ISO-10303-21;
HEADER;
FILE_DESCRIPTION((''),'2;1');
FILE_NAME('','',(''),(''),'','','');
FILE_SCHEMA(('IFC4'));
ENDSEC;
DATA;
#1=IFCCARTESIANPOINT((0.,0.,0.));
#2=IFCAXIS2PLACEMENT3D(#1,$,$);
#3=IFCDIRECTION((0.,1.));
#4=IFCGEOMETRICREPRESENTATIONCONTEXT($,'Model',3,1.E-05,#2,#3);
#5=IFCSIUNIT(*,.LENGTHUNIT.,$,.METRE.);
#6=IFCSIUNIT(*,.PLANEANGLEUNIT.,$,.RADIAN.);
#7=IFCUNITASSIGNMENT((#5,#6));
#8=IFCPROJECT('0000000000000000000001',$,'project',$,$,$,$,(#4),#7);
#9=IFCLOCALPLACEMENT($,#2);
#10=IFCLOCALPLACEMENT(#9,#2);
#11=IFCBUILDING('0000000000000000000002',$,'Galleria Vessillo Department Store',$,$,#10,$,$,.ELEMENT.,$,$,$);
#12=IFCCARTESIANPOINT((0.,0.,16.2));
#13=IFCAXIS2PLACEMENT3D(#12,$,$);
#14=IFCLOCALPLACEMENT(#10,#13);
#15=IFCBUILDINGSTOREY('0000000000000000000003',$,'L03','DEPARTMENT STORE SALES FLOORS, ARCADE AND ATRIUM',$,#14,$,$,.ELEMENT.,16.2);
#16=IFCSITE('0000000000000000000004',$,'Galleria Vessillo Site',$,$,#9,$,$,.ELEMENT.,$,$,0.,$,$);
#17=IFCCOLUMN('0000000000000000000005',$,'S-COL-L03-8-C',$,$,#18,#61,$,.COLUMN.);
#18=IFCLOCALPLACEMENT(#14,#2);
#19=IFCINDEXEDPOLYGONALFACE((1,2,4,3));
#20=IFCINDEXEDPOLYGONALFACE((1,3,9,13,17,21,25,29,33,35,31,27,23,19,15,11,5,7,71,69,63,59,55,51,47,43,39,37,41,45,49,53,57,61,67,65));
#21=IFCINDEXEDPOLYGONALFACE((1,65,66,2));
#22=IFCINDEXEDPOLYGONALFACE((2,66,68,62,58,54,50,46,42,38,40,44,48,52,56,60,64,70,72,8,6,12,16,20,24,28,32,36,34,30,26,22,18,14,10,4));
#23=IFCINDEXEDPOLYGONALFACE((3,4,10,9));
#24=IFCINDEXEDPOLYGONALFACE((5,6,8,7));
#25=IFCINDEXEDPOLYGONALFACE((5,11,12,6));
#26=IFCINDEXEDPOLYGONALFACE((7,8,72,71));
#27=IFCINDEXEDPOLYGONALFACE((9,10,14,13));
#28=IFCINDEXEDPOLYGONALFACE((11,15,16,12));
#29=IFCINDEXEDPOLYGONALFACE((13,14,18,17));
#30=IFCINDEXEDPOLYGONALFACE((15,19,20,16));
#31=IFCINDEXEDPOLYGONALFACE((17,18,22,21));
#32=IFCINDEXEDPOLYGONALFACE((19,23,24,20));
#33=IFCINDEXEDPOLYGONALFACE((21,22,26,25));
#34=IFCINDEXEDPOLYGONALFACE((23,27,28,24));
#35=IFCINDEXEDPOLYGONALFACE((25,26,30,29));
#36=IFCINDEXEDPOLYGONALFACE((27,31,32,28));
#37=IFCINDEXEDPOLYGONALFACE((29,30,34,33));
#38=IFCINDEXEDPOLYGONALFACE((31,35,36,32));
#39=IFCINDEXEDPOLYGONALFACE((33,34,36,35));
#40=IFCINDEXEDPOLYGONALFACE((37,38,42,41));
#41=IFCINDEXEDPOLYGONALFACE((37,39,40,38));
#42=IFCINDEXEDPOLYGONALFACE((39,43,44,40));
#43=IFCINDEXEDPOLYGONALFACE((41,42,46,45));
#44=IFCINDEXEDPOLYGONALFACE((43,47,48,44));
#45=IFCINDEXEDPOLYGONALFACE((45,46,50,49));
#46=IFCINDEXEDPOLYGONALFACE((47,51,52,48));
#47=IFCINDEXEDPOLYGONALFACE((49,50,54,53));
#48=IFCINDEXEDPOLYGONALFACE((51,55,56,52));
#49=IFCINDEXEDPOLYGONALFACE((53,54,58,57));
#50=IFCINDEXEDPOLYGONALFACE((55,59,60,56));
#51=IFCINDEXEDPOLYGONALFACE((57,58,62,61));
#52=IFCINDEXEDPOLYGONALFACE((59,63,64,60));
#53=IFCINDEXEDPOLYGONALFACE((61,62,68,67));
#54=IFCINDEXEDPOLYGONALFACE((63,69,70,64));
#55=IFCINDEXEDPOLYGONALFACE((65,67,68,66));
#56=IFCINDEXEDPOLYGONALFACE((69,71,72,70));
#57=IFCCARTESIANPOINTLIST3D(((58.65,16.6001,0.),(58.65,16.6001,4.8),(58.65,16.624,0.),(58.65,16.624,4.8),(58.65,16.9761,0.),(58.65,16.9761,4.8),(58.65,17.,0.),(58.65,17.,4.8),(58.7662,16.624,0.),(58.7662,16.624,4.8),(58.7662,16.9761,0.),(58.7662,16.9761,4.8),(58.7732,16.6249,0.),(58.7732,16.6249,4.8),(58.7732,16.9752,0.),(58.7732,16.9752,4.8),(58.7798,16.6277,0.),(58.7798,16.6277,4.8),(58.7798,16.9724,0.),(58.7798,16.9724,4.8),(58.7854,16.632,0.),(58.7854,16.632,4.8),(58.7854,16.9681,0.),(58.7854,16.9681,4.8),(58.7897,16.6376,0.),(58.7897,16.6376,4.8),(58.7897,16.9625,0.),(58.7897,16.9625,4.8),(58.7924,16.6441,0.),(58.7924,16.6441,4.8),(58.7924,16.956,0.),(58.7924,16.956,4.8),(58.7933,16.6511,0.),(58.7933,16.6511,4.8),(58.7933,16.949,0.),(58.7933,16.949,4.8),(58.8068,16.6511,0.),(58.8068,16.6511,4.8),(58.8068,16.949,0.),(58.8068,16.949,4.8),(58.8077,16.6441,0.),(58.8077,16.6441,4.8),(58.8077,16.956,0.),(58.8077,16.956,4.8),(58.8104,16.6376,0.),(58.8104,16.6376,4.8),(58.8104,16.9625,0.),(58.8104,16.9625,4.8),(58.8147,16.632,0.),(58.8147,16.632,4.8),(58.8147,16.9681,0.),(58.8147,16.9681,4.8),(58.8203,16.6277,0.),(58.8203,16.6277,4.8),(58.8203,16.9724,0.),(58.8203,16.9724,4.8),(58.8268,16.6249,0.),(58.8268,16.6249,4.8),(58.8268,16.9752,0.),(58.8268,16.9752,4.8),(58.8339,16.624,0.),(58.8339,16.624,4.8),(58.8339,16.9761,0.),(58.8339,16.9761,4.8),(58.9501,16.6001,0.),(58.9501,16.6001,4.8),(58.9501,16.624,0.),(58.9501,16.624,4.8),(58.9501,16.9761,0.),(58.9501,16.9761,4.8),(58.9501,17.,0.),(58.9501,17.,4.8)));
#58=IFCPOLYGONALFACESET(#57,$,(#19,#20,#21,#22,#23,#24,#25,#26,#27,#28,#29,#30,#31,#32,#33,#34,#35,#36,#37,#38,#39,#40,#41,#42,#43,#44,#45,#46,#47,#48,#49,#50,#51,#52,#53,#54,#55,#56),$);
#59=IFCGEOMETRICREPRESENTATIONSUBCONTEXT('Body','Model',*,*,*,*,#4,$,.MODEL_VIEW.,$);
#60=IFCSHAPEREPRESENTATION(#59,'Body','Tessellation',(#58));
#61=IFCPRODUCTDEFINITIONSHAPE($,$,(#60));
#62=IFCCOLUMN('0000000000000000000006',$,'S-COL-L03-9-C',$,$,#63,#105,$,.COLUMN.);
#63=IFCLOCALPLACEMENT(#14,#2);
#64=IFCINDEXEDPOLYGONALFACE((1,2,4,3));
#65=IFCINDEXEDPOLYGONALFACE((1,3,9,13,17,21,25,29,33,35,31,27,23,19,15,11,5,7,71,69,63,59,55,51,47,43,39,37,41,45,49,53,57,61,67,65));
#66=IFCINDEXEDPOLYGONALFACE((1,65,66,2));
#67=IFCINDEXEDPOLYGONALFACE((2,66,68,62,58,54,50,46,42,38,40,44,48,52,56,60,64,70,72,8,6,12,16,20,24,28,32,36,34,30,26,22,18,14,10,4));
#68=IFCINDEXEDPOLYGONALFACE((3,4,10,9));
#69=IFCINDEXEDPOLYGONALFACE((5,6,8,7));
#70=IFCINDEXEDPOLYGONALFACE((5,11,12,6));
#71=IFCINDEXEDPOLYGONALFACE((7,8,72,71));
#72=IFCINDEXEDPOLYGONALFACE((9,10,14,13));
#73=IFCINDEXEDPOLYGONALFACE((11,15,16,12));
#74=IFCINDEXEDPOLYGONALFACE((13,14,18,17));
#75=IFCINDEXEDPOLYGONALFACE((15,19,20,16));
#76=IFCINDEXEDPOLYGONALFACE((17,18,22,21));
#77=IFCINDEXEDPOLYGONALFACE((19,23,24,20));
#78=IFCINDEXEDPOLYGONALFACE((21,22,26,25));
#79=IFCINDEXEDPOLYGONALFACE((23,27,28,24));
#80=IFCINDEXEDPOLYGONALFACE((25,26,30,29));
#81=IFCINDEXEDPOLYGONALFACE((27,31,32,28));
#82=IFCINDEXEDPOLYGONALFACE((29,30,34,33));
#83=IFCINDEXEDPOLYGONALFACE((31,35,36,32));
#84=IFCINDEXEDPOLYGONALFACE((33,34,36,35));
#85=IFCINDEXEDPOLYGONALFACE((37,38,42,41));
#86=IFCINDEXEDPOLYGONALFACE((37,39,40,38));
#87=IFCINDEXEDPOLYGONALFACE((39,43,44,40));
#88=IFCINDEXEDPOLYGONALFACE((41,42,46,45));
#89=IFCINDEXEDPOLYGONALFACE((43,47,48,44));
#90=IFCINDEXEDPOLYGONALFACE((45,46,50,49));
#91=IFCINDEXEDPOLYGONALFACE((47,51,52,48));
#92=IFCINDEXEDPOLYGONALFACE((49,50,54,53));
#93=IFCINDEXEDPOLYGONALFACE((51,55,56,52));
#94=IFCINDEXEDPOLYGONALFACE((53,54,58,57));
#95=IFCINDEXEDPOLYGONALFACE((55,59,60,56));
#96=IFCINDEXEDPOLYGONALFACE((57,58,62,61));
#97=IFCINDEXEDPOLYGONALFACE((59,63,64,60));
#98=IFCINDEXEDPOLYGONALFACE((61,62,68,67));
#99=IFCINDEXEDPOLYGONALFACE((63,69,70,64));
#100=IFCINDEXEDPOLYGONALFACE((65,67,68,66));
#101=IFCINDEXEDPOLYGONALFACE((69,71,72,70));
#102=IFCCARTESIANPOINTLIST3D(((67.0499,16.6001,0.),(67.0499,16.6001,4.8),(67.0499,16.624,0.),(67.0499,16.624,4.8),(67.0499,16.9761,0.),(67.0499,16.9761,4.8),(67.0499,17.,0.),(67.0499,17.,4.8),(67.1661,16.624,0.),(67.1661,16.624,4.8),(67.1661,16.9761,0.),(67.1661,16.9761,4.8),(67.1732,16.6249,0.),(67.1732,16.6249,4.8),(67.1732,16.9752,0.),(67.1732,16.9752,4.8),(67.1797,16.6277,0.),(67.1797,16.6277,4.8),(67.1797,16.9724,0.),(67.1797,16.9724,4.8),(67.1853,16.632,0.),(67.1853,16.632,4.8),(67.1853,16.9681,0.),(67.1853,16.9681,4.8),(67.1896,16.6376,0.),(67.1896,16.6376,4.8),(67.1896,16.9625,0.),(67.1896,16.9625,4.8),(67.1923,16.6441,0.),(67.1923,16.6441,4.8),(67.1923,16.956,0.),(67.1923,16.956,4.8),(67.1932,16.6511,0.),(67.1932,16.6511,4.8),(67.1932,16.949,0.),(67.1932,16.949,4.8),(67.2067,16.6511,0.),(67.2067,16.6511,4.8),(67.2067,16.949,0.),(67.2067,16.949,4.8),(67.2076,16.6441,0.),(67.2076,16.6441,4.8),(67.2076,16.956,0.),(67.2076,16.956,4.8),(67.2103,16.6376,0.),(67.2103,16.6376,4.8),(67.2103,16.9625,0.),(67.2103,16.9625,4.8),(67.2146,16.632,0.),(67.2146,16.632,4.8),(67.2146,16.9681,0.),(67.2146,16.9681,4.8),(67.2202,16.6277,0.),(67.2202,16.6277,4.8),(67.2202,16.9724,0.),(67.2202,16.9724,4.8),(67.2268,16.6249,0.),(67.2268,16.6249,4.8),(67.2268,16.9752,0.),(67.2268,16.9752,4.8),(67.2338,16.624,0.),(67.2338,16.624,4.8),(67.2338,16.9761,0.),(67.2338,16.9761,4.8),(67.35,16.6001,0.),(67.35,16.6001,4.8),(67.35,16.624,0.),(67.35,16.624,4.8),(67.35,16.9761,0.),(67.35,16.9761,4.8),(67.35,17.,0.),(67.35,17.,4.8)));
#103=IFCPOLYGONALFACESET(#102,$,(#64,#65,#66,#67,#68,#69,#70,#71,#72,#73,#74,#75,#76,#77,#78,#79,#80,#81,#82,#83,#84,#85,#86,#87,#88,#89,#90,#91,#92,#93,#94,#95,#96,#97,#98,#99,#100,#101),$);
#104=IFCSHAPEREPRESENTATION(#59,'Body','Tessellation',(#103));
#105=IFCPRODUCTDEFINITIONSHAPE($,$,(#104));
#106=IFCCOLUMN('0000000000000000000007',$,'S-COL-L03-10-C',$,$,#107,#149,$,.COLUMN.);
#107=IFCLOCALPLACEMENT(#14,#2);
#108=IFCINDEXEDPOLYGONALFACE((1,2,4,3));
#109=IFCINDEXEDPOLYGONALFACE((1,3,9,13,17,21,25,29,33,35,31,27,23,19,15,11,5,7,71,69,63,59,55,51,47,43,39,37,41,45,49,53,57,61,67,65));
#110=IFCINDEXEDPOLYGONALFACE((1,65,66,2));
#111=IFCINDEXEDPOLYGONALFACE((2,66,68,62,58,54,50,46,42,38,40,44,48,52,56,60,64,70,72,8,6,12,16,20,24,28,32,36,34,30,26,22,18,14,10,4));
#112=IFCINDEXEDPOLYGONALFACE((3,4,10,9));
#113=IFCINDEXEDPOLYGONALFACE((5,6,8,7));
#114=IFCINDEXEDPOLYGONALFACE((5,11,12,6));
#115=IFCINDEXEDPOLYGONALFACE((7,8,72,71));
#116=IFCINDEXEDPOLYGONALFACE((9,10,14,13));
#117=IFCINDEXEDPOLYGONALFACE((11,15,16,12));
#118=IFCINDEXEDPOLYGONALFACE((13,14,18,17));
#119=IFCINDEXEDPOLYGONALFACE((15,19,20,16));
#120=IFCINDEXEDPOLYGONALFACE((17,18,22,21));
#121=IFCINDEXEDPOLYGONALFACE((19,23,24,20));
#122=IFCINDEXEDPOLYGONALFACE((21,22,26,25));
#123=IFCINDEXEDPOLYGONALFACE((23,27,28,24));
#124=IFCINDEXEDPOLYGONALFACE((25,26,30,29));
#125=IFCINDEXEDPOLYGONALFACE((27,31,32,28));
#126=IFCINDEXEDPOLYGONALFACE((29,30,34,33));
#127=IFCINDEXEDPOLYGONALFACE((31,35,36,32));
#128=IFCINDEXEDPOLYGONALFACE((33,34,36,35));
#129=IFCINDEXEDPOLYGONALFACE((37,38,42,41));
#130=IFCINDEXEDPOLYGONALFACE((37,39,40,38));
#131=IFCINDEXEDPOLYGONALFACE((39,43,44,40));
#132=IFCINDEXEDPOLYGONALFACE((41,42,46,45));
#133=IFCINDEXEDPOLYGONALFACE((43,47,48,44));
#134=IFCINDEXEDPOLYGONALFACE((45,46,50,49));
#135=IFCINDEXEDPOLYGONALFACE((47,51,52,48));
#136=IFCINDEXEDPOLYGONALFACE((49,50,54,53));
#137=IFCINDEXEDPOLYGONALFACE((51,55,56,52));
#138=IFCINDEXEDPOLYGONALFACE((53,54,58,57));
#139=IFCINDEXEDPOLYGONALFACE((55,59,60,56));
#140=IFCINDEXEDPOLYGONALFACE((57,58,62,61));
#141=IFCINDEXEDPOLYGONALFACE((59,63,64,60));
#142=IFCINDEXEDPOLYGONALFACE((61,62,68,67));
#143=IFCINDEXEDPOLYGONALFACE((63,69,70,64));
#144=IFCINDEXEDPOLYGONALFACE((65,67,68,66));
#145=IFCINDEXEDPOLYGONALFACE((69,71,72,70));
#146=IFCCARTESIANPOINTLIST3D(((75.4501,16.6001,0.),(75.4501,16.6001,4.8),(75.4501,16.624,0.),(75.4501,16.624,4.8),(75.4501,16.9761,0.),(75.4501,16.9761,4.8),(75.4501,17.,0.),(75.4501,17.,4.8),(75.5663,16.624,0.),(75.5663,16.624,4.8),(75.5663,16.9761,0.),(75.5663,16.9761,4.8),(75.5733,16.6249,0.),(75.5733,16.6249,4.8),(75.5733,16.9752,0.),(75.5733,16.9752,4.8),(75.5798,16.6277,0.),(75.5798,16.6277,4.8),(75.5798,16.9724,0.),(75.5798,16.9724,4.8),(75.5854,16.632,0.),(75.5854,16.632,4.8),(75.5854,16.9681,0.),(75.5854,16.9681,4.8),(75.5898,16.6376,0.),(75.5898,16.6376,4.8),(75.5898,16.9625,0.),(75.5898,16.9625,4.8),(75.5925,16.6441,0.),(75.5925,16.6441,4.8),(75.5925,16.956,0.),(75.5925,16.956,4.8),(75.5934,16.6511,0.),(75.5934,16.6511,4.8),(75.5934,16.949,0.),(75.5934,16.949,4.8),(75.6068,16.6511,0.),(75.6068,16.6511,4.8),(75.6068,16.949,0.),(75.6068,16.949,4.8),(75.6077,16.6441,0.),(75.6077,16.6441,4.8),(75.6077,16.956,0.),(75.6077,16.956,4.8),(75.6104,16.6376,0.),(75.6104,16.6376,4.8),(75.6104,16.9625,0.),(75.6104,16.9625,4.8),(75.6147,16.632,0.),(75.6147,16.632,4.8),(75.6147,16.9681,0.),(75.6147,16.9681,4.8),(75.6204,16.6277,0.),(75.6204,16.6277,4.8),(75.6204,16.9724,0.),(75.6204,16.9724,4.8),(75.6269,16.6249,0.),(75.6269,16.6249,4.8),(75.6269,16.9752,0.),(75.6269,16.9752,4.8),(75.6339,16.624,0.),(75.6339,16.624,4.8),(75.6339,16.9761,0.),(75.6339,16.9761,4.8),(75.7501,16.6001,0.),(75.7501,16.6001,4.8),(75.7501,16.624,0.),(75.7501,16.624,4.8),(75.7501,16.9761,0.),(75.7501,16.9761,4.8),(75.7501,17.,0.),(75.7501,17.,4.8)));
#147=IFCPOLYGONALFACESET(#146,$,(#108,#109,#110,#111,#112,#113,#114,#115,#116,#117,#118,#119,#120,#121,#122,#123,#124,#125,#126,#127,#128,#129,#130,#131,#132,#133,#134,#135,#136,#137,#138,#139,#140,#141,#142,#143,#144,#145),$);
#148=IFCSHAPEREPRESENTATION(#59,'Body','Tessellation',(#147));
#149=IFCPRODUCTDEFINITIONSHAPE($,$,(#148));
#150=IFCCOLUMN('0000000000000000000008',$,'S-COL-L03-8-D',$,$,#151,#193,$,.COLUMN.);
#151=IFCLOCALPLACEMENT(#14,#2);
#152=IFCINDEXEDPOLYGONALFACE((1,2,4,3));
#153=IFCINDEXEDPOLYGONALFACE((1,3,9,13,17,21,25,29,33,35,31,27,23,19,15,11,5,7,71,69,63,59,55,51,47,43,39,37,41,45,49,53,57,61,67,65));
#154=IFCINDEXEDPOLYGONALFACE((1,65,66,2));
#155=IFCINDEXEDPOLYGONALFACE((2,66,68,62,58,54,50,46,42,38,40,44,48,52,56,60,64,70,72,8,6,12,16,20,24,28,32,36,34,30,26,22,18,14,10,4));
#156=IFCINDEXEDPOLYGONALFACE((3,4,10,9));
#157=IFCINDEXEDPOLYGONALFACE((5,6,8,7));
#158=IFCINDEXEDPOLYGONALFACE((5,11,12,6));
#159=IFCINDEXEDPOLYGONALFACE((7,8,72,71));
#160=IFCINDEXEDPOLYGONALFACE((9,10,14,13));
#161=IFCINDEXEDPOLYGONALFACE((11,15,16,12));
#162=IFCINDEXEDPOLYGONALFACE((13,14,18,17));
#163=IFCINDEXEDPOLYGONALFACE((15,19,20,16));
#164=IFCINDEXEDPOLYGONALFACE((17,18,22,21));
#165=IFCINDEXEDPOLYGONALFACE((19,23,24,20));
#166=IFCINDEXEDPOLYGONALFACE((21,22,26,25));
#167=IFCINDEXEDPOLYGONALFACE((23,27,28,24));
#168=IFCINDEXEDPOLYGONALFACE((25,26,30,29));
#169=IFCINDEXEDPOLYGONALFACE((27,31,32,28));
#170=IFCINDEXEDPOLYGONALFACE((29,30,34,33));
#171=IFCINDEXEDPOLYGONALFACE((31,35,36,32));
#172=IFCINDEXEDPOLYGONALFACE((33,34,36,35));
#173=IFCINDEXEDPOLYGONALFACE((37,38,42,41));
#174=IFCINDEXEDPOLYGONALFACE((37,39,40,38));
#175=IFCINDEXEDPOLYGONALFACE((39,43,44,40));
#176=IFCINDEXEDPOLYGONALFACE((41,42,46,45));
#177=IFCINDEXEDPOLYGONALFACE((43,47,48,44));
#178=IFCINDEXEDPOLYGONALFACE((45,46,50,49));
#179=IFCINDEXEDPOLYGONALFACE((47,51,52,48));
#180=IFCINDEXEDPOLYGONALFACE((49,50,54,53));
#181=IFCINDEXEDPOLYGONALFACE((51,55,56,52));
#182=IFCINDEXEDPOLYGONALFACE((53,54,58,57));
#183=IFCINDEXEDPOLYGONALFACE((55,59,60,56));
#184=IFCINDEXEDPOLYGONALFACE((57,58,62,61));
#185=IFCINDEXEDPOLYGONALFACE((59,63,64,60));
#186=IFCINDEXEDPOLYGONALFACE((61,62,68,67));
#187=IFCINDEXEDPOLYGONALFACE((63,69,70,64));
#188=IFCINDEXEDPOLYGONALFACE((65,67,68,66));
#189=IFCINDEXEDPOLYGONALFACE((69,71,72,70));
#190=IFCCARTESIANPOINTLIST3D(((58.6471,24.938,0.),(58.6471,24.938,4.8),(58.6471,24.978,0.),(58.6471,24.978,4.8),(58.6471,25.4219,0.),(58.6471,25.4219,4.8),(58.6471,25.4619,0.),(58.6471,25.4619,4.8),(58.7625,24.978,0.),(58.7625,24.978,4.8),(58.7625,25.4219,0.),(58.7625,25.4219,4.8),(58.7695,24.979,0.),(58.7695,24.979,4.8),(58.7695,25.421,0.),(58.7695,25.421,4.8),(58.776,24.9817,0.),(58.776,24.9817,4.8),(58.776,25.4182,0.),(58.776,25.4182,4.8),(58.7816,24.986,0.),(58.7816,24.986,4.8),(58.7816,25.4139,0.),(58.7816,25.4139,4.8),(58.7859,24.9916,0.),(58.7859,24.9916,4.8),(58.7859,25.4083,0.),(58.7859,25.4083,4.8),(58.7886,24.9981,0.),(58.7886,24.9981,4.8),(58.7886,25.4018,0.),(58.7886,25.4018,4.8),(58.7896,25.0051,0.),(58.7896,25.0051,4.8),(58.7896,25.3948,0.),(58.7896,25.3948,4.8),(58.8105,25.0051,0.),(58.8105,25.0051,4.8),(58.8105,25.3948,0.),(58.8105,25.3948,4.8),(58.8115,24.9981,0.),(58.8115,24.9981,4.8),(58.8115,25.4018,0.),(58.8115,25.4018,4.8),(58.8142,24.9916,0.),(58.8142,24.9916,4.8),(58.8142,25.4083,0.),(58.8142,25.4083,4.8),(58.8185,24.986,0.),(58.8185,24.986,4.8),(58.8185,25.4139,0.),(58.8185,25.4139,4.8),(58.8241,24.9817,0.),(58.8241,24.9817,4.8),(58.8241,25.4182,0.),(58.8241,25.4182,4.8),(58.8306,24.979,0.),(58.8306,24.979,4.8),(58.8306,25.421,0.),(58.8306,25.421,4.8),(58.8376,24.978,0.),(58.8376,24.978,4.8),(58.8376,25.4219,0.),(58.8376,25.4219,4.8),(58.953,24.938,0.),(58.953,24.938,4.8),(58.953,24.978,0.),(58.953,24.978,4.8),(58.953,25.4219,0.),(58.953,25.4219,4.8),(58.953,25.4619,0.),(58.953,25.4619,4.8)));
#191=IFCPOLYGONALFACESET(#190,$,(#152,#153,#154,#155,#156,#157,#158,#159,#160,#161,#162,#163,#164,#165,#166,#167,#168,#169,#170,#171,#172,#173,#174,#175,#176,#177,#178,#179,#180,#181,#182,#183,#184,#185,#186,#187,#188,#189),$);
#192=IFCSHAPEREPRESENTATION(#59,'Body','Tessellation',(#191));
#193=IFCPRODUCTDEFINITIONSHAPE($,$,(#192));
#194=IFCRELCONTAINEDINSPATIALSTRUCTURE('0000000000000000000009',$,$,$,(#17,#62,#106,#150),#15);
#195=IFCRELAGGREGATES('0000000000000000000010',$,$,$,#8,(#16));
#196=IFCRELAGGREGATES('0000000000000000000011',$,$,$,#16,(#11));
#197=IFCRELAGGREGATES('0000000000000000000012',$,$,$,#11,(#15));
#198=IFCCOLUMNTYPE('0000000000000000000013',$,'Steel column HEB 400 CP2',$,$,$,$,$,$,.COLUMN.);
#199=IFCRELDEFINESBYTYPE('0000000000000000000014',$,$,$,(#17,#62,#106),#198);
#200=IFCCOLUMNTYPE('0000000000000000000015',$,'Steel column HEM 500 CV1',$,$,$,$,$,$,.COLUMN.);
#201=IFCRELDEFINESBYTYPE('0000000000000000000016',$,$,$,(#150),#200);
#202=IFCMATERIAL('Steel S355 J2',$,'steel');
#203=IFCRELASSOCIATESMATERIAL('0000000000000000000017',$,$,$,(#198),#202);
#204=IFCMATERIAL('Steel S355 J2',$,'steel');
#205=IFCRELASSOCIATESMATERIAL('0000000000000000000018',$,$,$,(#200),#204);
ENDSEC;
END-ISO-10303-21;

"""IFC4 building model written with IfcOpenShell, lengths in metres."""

from ifc_helpers import new_model, si_unit, direction, frame, origin, origin_2d, place, context, subcontext, project, spatial, i_section, extrude, material, material_profile, profile_set, type_object, element, save


model = new_model("IFC4")

# Units and contexts
model_context = context("Model", 3, precision=1e-05, world=origin(), true_north=direction((0.0, 1.0)))
body_context = subcontext(model_context, "Body", "Model", "MODEL_VIEW")
ifc_project = project(units=[si_unit("LENGTHUNIT", "METRE"), si_unit("PLANEANGLEUNIT", "RADIAN")], contexts=[model_context])

# Site, building, storey
site_placement = place(None, origin())
site = spatial("IfcSite", under=ifc_project, at=site_placement, Name="Galleria Vessillo Site", CompositionType="ELEMENT", RefElevation=0.0)
building_placement = place(site_placement, origin())
building = spatial("IfcBuilding", under=site, at=building_placement, Name="Galleria Vessillo Department Store", CompositionType="ELEMENT")
storey_placement = place(building_placement, frame((0.0, 0.0, 16.2)))
storey = spatial("IfcBuildingStorey", under=building, at=storey_placement, Name="L03", Description="DEPARTMENT STORE SALES FLOORS, ARCADE AND ATRIUM", CompositionType="ELEMENT", Elevation=16.2)

# Columns
ifc_material_1 = material(Name="Steel S355 J2", Category="steel")
ifc_material_profile_1 = material_profile(ifc_material_1, i_section(OverallWidth=0.3, OverallDepth=0.3999, WebThickness=0.0134, FlangeThickness=0.0239, FilletRadius=0.0271, at=origin_2d()), Name="HEB 400")
ifc_profile_set_1 = profile_set([ifc_material_profile_1], Name="Steel S355 J2")
column_type_1 = type_object("IfcColumnType", Name="Steel column HEB 400 CP2", PredefinedType="COLUMN", material=ifc_profile_set_1)
for number, where, z_axis, x_axis, name in (
    (1, (58.8, 16.8, 0.0), (0.0, 0.0, 1.0), (1.0, 0.0, 0.0), "S-COL-L03-8-C"),
    (2, (67.2, 16.8, 0.0), (0.0, 0.0, 1.0), (1.0, 0.0, 0.0), "S-COL-L03-9-C"),
    (3, (75.6001, 16.8, 0.0), (0.0, 0.0, 1.0), (1.0, 0.0, 0.0), "S-COL-L03-10-C"),
):
    element("IfcColumn", number, at=place(storey_placement, frame(where, z_axis=z_axis, x_axis=x_axis)), inside=storey, type_object=column_type_1, Name=name, PredefinedType="COLUMN", context=body_context, shape_type="SweptSolid", body=[
        extrude(i_section(OverallWidth=0.3, OverallDepth=0.3999, WebThickness=0.0134, FlangeThickness=0.0239, FilletRadius=0.0271, at=origin_2d()), origin(), (0.0, 0.0, 1.0), 4.8),
    ])
ifc_material_2 = material(Name="Steel S355 J2", Category="steel")
ifc_material_profile_2 = material_profile(ifc_material_2, i_section(OverallWidth=0.3059, OverallDepth=0.5239, WebThickness=0.021, FlangeThickness=0.04, FilletRadius=0.0271, at=origin_2d()), Name="HEM 500")
ifc_profile_set_2 = profile_set([ifc_material_profile_2], Name="Steel S355 J2")
column_type_2 = type_object("IfcColumnType", Name="Steel column HEM 500 CV1", PredefinedType="COLUMN", material=ifc_profile_set_2)
for number, where, z_axis, x_axis, name in (
    (4, (58.8, 25.2, 0.0), (0.0, 0.0, 1.0), (1.0, 0.0, 0.0), "S-COL-L03-8-D"),
):
    element("IfcColumn", number, at=place(storey_placement, frame(where, z_axis=z_axis, x_axis=x_axis)), inside=storey, type_object=column_type_2, Name=name, PredefinedType="COLUMN", context=body_context, shape_type="SweptSolid", body=[
        extrude(i_section(OverallWidth=0.3059, OverallDepth=0.5239, WebThickness=0.021, FlangeThickness=0.04, FilletRadius=0.0271, at=origin_2d()), origin(), (0.0, 0.0, 1.0), 4.8),
    ])

save(model, "model.ifc")
